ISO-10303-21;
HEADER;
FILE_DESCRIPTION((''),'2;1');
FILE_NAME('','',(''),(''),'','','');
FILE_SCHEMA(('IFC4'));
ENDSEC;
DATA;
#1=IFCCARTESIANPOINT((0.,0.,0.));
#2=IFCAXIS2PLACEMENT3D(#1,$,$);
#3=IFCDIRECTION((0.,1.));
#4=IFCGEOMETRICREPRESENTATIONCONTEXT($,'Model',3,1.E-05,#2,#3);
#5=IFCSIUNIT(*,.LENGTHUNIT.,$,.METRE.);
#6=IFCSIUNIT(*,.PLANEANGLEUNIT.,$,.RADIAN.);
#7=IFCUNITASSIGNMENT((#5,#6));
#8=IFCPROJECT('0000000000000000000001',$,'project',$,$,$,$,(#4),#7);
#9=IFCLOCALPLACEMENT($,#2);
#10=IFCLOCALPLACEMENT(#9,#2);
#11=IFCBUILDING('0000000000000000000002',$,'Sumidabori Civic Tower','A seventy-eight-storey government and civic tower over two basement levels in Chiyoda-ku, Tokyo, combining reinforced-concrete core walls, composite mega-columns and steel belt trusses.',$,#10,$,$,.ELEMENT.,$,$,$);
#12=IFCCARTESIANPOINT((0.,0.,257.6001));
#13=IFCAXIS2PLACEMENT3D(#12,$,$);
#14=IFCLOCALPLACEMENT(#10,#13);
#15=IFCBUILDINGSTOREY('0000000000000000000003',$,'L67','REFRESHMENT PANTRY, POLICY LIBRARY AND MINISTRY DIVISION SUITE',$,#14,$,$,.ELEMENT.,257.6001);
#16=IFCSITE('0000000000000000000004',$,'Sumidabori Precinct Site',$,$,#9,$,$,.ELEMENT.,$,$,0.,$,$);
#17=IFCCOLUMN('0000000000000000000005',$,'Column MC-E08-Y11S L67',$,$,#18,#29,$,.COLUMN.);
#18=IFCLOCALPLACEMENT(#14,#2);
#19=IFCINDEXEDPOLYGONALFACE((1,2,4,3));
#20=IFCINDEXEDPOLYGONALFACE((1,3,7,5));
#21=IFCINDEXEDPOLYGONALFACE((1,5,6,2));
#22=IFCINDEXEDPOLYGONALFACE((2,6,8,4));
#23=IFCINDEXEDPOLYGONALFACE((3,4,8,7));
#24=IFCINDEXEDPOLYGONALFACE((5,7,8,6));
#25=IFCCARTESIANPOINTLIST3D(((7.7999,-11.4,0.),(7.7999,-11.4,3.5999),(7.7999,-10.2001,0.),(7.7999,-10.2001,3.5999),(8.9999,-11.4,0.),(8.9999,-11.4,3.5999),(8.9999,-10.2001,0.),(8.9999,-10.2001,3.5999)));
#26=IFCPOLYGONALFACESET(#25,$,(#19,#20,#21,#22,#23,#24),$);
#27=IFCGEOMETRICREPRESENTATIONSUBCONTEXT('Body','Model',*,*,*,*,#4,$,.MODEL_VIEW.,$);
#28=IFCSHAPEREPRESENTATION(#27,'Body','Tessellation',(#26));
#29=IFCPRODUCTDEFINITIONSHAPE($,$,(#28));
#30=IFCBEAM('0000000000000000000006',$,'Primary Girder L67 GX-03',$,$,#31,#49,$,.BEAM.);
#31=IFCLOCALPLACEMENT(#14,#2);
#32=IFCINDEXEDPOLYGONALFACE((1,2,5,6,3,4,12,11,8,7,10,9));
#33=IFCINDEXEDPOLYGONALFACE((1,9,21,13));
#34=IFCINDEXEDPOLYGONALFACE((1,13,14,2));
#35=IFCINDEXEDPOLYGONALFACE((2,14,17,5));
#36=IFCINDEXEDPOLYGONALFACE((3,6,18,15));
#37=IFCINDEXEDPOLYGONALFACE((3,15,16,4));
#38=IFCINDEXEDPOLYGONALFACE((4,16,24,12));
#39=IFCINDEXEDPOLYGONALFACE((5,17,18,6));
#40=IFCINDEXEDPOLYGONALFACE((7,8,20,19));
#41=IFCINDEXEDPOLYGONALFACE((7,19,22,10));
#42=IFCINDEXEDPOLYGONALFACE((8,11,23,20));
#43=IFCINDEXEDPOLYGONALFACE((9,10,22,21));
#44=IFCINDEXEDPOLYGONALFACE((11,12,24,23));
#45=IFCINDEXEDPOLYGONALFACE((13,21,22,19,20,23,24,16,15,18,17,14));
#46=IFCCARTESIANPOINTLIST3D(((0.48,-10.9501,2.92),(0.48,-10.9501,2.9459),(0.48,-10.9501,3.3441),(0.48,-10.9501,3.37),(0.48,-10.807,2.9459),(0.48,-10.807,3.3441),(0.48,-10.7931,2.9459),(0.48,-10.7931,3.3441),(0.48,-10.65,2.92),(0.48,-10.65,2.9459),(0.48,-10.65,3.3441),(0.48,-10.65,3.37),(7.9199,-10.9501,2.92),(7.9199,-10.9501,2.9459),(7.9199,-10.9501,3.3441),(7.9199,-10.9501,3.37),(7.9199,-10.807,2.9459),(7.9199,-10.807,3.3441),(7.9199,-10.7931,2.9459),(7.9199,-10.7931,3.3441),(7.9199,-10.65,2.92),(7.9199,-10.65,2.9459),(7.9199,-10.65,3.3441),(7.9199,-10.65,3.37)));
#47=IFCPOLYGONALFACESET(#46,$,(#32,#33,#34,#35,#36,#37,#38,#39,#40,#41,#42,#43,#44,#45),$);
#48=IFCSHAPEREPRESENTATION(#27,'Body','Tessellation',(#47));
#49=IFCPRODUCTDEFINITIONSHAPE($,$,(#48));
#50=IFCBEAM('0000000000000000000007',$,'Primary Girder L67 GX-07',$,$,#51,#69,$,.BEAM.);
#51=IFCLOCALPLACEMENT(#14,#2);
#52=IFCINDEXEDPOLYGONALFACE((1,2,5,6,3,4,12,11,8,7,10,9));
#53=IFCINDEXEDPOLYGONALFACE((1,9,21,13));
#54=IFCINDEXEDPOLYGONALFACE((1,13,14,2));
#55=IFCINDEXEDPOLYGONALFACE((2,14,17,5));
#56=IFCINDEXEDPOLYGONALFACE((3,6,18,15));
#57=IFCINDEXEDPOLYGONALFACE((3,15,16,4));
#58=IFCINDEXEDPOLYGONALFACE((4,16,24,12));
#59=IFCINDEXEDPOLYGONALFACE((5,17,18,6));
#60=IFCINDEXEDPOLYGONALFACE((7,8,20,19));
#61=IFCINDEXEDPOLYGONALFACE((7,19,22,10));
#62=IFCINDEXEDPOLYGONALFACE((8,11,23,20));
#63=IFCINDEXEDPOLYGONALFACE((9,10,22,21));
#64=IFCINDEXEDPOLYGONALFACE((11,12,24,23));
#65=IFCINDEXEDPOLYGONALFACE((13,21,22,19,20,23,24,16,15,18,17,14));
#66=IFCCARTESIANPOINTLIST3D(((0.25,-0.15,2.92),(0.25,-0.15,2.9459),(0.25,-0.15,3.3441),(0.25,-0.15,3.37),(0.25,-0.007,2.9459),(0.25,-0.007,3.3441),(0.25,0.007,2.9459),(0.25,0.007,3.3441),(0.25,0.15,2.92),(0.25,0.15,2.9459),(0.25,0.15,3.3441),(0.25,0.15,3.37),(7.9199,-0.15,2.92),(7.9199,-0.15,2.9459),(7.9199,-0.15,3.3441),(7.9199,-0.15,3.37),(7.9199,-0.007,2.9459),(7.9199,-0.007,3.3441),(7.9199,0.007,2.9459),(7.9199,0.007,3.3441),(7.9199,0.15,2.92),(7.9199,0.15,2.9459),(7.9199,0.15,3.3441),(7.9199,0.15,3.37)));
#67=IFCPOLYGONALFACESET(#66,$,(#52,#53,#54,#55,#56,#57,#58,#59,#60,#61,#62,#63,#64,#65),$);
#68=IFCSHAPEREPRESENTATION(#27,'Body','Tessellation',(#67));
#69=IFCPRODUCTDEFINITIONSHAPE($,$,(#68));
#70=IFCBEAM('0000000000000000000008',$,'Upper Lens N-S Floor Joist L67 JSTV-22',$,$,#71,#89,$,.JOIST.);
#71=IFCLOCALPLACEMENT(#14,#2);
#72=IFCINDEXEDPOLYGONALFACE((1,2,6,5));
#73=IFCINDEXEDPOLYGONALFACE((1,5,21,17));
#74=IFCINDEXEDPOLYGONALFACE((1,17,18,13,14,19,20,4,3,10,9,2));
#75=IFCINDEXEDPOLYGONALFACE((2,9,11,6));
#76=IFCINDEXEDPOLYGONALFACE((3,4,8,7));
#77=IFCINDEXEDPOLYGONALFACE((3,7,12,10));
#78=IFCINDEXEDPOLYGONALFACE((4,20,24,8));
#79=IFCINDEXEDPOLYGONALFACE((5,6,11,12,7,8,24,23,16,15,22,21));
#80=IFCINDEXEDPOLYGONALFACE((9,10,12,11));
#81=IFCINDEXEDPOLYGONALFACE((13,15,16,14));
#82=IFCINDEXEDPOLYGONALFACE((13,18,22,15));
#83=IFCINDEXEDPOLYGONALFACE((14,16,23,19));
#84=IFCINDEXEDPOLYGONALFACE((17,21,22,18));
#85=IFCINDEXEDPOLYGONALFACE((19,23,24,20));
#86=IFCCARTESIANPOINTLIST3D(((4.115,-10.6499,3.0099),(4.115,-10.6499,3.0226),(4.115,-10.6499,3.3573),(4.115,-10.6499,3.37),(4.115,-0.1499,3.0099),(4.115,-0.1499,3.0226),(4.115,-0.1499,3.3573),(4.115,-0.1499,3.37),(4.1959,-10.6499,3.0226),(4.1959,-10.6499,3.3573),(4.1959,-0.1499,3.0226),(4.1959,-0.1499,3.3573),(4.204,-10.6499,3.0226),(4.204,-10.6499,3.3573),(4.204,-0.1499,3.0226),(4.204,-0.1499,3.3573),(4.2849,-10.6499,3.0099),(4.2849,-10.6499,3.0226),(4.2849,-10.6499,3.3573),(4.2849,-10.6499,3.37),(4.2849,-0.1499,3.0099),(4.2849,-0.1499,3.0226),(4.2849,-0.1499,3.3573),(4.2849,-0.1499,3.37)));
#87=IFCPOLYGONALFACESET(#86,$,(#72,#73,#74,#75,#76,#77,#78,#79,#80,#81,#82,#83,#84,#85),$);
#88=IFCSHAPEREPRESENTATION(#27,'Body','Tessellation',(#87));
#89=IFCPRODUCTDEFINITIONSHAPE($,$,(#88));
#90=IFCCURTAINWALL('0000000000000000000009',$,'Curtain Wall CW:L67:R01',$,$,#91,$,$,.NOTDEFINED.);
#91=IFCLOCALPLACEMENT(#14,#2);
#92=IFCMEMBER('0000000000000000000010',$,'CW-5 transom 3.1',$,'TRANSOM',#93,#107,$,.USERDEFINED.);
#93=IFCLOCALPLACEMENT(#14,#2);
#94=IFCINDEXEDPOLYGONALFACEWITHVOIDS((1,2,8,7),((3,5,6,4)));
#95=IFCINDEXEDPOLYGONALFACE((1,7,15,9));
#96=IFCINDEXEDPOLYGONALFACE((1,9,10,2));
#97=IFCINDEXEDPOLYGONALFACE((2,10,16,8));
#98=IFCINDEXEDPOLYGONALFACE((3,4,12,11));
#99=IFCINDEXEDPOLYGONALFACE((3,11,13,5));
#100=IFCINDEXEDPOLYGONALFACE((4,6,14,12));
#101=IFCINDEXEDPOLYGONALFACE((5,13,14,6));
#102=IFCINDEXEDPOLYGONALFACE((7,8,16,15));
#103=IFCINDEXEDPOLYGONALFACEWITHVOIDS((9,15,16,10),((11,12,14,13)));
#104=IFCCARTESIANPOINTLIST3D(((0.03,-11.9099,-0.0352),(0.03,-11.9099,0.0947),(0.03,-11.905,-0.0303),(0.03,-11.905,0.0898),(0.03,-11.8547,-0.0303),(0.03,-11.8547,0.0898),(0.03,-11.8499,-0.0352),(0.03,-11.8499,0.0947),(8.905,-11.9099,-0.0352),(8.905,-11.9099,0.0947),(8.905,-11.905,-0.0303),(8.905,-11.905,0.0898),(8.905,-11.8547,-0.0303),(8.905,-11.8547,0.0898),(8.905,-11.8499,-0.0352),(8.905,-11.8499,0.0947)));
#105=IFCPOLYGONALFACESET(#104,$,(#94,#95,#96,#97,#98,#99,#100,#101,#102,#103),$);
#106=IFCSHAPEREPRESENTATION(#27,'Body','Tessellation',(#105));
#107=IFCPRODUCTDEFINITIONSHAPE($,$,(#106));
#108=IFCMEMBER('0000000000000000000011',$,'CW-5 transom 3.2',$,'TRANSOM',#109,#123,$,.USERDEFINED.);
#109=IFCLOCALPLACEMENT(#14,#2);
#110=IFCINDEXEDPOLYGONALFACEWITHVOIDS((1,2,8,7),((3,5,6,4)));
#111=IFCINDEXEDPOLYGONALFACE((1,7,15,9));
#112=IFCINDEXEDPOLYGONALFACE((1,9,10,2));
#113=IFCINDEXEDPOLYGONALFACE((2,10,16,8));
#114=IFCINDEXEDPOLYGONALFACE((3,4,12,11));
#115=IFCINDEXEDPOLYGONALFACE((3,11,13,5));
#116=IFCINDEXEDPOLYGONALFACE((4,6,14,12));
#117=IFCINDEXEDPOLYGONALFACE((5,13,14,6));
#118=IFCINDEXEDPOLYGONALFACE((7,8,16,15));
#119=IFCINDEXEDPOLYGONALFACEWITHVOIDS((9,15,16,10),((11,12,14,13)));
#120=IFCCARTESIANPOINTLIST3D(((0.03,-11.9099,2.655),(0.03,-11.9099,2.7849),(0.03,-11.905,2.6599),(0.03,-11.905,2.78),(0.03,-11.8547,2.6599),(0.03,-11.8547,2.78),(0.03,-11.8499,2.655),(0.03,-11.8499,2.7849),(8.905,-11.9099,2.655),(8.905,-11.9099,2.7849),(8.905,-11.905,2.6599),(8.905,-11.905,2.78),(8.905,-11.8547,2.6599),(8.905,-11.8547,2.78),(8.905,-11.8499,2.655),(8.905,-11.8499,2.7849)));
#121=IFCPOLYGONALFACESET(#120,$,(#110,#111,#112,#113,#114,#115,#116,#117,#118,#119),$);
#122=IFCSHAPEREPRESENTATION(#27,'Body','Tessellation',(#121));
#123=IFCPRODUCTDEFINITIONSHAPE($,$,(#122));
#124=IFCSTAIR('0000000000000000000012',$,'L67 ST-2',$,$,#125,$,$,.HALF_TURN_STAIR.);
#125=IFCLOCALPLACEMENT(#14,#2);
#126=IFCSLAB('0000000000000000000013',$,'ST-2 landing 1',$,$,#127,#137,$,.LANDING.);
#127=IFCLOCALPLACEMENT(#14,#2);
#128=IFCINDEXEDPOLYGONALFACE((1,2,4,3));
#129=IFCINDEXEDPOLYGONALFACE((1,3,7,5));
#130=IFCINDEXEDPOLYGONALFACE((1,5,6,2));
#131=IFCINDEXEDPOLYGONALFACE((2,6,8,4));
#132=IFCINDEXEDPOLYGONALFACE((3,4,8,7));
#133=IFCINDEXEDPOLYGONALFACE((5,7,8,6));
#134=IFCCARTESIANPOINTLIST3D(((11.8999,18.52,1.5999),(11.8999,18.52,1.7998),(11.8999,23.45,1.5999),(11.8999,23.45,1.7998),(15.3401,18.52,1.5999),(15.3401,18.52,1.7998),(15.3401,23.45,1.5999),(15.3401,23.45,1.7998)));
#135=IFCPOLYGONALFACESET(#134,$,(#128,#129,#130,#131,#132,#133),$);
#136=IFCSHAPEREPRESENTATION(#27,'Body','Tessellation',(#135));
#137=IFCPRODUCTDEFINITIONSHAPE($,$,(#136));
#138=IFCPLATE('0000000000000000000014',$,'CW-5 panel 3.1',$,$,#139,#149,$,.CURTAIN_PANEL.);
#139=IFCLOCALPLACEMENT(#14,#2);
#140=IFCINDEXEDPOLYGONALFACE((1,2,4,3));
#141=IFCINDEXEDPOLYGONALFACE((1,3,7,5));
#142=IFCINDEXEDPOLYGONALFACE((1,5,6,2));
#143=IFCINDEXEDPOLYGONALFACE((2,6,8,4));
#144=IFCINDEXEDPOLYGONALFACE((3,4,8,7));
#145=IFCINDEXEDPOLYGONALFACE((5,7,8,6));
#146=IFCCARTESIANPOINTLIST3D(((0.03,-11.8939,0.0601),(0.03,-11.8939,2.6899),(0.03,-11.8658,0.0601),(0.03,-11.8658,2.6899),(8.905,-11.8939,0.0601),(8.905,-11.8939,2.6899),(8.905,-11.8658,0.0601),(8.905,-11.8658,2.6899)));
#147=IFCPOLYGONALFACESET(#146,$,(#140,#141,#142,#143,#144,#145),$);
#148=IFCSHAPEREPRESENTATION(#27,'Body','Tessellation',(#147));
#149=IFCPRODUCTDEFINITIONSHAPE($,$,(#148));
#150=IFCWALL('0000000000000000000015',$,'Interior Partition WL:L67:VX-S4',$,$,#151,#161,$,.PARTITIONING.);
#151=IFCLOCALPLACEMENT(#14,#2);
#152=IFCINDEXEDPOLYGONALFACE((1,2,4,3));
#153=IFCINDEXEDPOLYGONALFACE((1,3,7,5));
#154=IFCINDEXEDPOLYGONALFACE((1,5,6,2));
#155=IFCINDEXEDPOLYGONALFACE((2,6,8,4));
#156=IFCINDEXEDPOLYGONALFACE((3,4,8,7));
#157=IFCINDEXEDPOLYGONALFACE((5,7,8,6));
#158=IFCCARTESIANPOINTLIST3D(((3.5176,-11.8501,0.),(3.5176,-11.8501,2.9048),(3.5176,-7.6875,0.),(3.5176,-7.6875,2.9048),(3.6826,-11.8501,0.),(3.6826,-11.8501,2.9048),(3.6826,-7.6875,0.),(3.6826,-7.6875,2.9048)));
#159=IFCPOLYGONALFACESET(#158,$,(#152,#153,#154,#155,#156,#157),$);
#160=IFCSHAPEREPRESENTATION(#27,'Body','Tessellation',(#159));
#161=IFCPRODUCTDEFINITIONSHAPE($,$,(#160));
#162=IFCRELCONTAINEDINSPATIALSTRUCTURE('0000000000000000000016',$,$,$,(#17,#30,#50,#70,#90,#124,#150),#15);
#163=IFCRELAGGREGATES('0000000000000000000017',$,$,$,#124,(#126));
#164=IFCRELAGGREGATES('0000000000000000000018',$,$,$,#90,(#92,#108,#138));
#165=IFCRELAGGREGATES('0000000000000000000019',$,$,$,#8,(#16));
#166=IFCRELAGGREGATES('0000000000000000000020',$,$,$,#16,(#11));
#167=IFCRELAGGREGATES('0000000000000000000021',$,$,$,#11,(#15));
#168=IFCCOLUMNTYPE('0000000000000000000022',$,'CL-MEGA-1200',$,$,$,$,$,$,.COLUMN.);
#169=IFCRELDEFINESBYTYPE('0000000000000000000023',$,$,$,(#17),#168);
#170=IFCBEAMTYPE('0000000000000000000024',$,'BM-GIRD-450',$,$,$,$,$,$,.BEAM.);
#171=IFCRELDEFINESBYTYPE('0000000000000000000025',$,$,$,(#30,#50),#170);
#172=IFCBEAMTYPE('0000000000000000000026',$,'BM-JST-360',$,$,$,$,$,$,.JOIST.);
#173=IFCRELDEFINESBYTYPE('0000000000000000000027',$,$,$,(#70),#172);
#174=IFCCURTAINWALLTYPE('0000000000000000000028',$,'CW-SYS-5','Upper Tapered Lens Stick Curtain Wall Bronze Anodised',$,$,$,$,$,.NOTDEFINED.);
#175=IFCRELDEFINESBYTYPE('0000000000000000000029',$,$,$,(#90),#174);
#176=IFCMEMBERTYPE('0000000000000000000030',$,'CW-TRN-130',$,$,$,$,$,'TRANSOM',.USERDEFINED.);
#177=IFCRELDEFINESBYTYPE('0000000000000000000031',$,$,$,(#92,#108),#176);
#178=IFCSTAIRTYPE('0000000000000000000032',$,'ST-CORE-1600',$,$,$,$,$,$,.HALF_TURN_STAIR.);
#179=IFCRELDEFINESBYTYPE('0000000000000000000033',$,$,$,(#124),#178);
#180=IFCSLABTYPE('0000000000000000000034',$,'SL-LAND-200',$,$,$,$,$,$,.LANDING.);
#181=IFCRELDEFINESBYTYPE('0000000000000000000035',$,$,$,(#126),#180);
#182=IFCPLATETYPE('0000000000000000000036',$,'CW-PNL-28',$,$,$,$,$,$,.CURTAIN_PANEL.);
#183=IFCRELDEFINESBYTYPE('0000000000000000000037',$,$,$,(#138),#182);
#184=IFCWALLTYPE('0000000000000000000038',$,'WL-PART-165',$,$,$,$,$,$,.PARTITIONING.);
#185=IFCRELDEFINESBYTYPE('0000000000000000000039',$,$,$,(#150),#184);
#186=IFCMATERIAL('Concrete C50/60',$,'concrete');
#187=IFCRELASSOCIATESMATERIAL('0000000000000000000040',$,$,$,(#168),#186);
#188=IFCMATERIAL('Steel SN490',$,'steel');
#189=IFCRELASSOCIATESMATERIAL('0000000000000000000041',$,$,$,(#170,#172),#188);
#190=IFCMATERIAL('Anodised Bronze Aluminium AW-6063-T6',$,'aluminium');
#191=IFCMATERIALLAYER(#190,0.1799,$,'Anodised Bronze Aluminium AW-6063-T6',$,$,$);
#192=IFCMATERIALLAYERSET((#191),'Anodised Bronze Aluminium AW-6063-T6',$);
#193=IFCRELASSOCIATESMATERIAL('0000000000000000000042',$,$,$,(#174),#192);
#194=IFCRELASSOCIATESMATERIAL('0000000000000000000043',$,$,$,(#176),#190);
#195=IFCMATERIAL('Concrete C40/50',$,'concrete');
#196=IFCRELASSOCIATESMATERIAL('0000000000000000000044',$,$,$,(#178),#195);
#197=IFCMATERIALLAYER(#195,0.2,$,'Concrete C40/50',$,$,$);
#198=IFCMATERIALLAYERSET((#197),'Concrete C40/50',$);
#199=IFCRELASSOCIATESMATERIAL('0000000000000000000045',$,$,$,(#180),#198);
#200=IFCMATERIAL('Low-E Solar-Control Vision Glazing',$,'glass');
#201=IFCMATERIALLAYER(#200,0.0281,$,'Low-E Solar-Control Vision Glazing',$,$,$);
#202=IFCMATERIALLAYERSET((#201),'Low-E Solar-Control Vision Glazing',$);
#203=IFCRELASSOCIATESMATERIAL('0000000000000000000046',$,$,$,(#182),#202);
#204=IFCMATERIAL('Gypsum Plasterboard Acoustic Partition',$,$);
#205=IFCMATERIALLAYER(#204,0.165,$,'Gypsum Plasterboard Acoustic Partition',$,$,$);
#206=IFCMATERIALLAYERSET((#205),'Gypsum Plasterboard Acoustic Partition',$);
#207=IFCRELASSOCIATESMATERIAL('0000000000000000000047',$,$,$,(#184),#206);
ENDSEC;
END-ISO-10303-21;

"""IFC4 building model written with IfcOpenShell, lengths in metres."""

from ifc_helpers import new_model, si_unit, direction, frame, frame_2d, origin, origin_2d, place, context, subcontext, project, spatial, polyline, rectangle, hollow_rectangle, i_section, outline, extrude, source, transform, mapped, material, layer, layer_set, material_profile, profile_set, type_object, element, aggregate, save


model = new_model("IFC4")

# Units and contexts
model_context = context("Model", 3, precision=1e-05, world=origin(), true_north=direction((0.0, 1.0)))
body_context = subcontext(model_context, "Body", "Model", "MODEL_VIEW")
ifc_project = project(units=[si_unit("LENGTHUNIT", "METRE"), si_unit("PLANEANGLEUNIT", "RADIAN")], contexts=[model_context])

# Site, building, storey
site_placement = place(None, origin())
site = spatial("IfcSite", under=ifc_project, at=site_placement, Name="Sumidabori Precinct Site", CompositionType="ELEMENT", RefElevation=0.0)
building_placement = place(site_placement, origin())
building = spatial("IfcBuilding", under=site, at=building_placement, Name="Sumidabori Civic Tower", Description="A seventy-eight-storey government and civic tower over two basement levels in Chiyoda-ku, Tokyo, combining reinforced-concrete core walls, composite mega-columns and steel belt trusses.", CompositionType="ELEMENT")
storey_placement = place(building_placement, frame((0.0, 0.0, 257.6001)))
storey = spatial("IfcBuildingStorey", under=building, at=storey_placement, Name="L67", Description="REFRESHMENT PANTRY, POLICY LIBRARY AND MINISTRY DIVISION SUITE", CompositionType="ELEMENT", Elevation=257.6001)

# Column
ifc_material_1 = material(Name="Concrete C50/60", Category="concrete")
ifc_material_profile_1 = material_profile(ifc_material_1, rectangle(XDim=1.2, YDim=1.2, at=origin_2d()), Name="RC 1200x1200")
ifc_profile_set_1 = profile_set([ifc_material_profile_1], Name="Concrete C50/60")
column_type = type_object("IfcColumnType", Name="CL-MEGA-1200", PredefinedType="COLUMN", material=ifc_profile_set_1)
shared_shape_1 = source(origin(), body_context, "Body", "SweptSolid", [
    extrude(rectangle(XDim=1.2, YDim=1.2, at=origin_2d()), origin(), (0.0, 0.0, 1.0), 3.5999),
])
column_placement = place(storey_placement, frame((8.3999, -10.8, 0.0), z_axis=(0.0, 0.0, 1.0), x_axis=(1.0, 0.0, 0.0)))
element("IfcColumn", 1, at=column_placement, inside=storey, type_object=column_type, Name="Column MC-E08-Y11S L67", PredefinedType="COLUMN", context=body_context, shape_type="MappedRepresentation", body=[
    mapped(shared_shape_1, transform((0.0, 0.0, 0.0), x_axis=(1.0, 0.0, 0.0), y_axis=(0.0, 1.0, 0.0), z_axis=(0.0, 0.0, 1.0), scale=1.0)),
])

# Beams
ifc_material_2 = material(Name="Steel SN490", Category="steel")
ifc_material_profile_2 = material_profile(ifc_material_2, i_section(OverallWidth=0.3, OverallDepth=0.45, WebThickness=0.0139, FlangeThickness=0.0259, at=origin_2d()), Name="HE 450 B")
ifc_profile_set_2 = profile_set([ifc_material_profile_2], Name="Steel SN490")
beam_type_1 = type_object("IfcBeamType", Name="BM-GIRD-450", PredefinedType="BEAM", material=ifc_profile_set_2)
shared_shape_2 = source(origin(), body_context, "Body", "SweptSolid", [
    extrude(i_section(OverallWidth=0.3, OverallDepth=0.45, WebThickness=0.0139, FlangeThickness=0.0259, at=origin_2d()), origin(), (0.0, 0.0, 1.0), 7.4399),
])
beam_1_placement = place(storey_placement, frame((0.48, -10.8, 3.145), z_axis=(1.0, 0.0, 0.0), x_axis=(0.0, 1.0, 0.0)))
element("IfcBeam", 2, at=beam_1_placement, inside=storey, type_object=beam_type_1, Name="Primary Girder L67 GX-03", PredefinedType="BEAM", context=body_context, shape_type="MappedRepresentation", body=[
    mapped(shared_shape_2, transform((0.0, 0.0, 0.0), x_axis=(1.0, 0.0, 0.0), y_axis=(0.0, 1.0, 0.0), z_axis=(0.0, 0.0, 1.0), scale=1.0)),
])
shared_shape_3 = source(origin(), body_context, "Body", "SweptSolid", [
    extrude(i_section(OverallWidth=0.3, OverallDepth=0.45, WebThickness=0.0139, FlangeThickness=0.0259, at=origin_2d()), origin(), (0.0, 0.0, 1.0), 7.6699),
])
beam_2_placement = place(storey_placement, frame((0.25, 0.0, 3.145), z_axis=(1.0, 0.0, 0.0), x_axis=(0.0, 1.0, 0.0)))
element("IfcBeam", 3, at=beam_2_placement, inside=storey, type_object=beam_type_1, Name="Primary Girder L67 GX-07", PredefinedType="BEAM", context=body_context, shape_type="MappedRepresentation", body=[
    mapped(shared_shape_3, transform((0.0, 0.0, 0.0), x_axis=(1.0, 0.0, 0.0), y_axis=(0.0, 1.0, 0.0), z_axis=(0.0, 0.0, 1.0), scale=1.0)),
])
ifc_material_profile_3 = material_profile(ifc_material_2, i_section(OverallWidth=0.1699, OverallDepth=0.3601, WebThickness=0.0081, FlangeThickness=0.0127, at=origin_2d()), Name="IPE 360")
ifc_profile_set_3 = profile_set([ifc_material_profile_3], Name="Steel SN490")
beam_type_2 = type_object("IfcBeamType", Name="BM-JST-360", PredefinedType="JOIST", material=ifc_profile_set_3)
shared_shape_4 = source(origin(), body_context, "Body", "SweptSolid", [
    extrude(i_section(OverallWidth=0.1699, OverallDepth=0.3601, WebThickness=0.0081, FlangeThickness=0.0127, at=origin_2d()), origin(), (0.0, 0.0, 1.0), 10.5),
])
beam_3_placement = place(storey_placement, frame((4.2, -10.6499, 3.1899), z_axis=(0.0, 1.0, 0.0), x_axis=(-1.0, 0.0, 0.0)))
element("IfcBeam", 4, at=beam_3_placement, inside=storey, type_object=beam_type_2, Name="Upper Lens N-S Floor Joist L67 JSTV-22", PredefinedType="JOIST", context=body_context, shape_type="MappedRepresentation", body=[
    mapped(shared_shape_4, transform((0.0, 0.0, 0.0), x_axis=(1.0, 0.0, 0.0), y_axis=(0.0, 1.0, 0.0), z_axis=(0.0, 0.0, 1.0), scale=1.0)),
])

# Curtain wall, members
ifc_material_3 = material(Name="Anodised Bronze Aluminium AW-6063-T6", Category="aluminium")
ifc_layer_1 = layer(ifc_material_3, 0.1799, Name="Anodised Bronze Aluminium AW-6063-T6")
ifc_layer_set_1 = layer_set([ifc_layer_1], Name="Anodised Bronze Aluminium AW-6063-T6")
curtain_wall_type = type_object("IfcCurtainWallType", Name="CW-SYS-5", Description="Upper Tapered Lens Stick Curtain Wall Bronze Anodised", PredefinedType="NOTDEFINED", material=ifc_layer_set_1)
curtain_wall_placement = place(storey_placement, origin())
curtain_wall = element("IfcCurtainWall", 5, at=curtain_wall_placement, inside=storey, type_object=curtain_wall_type, Name="Curtain Wall CW:L67:R01", PredefinedType="NOTDEFINED")
ifc_material_profile_4 = material_profile(ifc_material_3, hollow_rectangle(XDim=0.0601, YDim=0.1299, WallThickness=0.0049, at=origin_2d()), Name="ALU TRANSOM 130x60")
ifc_profile_set_4 = profile_set([ifc_material_profile_4], Name="Anodised Bronze Aluminium AW-6063-T6")
member_type = type_object("IfcMemberType", Name="CW-TRN-130", ElementType="TRANSOM", PredefinedType="USERDEFINED", material=ifc_profile_set_4)
shared_shape_5 = source(origin(), body_context, "Body", "SweptSolid", [
    extrude(hollow_rectangle(XDim=0.0601, YDim=0.1299, WallThickness=0.0049, at=origin_2d()), origin(), (0.0, 0.0, 1.0), 8.875),
])
member_1_placement = place(storey_placement, frame((0.03, -11.8799, 0.0298), z_axis=(1.0, 0.0, 0.0), x_axis=(0.0, 1.0, 0.0)))
member_1 = element("IfcMember", 6, at=member_1_placement, type_object=member_type, Name="CW-5 transom 3.1", ObjectType="TRANSOM", PredefinedType="USERDEFINED", context=body_context, shape_type="MappedRepresentation", body=[
    mapped(shared_shape_5, transform((0.0, 0.0, 0.0), x_axis=(1.0, 0.0, 0.0), y_axis=(0.0, 1.0, 0.0), z_axis=(0.0, 0.0, 1.0), scale=1.0)),
])
member_2_placement = place(storey_placement, frame((0.03, -11.8799, 2.72), z_axis=(1.0, 0.0, 0.0), x_axis=(0.0, 1.0, 0.0)))
member_2 = element("IfcMember", 7, at=member_2_placement, type_object=member_type, Name="CW-5 transom 3.2", ObjectType="TRANSOM", PredefinedType="USERDEFINED", context=body_context, shape_type="MappedRepresentation", body=[
    mapped(shared_shape_5, transform((0.0, 0.0, 0.0), x_axis=(1.0, 0.0, 0.0), y_axis=(0.0, 1.0, 0.0), z_axis=(0.0, 0.0, 1.0), scale=1.0)),
])

# Stair, slab
ifc_material_4 = material(Name="Concrete C40/50", Category="concrete")
stair_type = type_object("IfcStairType", Name="ST-CORE-1600", PredefinedType="HALF_TURN_STAIR", material=ifc_material_4)
stair_placement = place(storey_placement, origin())
stair = element("IfcStair", 8, at=stair_placement, inside=storey, type_object=stair_type, Name="L67 ST-2", PredefinedType="HALF_TURN_STAIR")
ifc_layer_2 = layer(ifc_material_4, 0.2, Name="Concrete C40/50")
ifc_layer_set_2 = layer_set([ifc_layer_2], Name="Concrete C40/50")
slab_type = type_object("IfcSlabType", Name="SL-LAND-200", PredefinedType="LANDING", material=ifc_layer_set_2)
slab_placement = place(storey_placement, frame((0.0, 0.0, 1.5999)))
slab = element("IfcSlab", 9, at=slab_placement, type_object=slab_type, Name="ST-2 landing 1", PredefinedType="LANDING", context=body_context, shape_type="SweptSolid", body=[
    extrude(outline(polyline([(15.3401, 18.52), (15.3401, 23.45), (11.8999, 23.45), (11.8999, 18.52), (15.3401, 18.52)])), origin(), (0.0, 0.0, 1.0), 0.2),
])
aggregate(stair, [slab])

# Plate
ifc_material_5 = material(Name="Low-E Solar-Control Vision Glazing", Category="glass")
ifc_layer_3 = layer(ifc_material_5, 0.0281, Name="Low-E Solar-Control Vision Glazing")
ifc_layer_set_3 = layer_set([ifc_layer_3], Name="Low-E Solar-Control Vision Glazing")
plate_type = type_object("IfcPlateType", Name="CW-PNL-28", PredefinedType="CURTAIN_PANEL", material=ifc_layer_set_3)
shared_shape_6 = source(origin(), body_context, "Body", "SweptSolid", [
    extrude(rectangle(XDim=8.875, YDim=0.0281, at=origin_2d()), origin(), (0.0, 0.0, 1.0), 2.6299),
])
plate_placement = place(storey_placement, frame((4.4675, -11.8799, 0.0601), z_axis=(0.0, 0.0, 1.0), x_axis=(1.0, 0.0, 0.0)))
plate = element("IfcPlate", 10, at=plate_placement, type_object=plate_type, Name="CW-5 panel 3.1", PredefinedType="CURTAIN_PANEL", context=body_context, shape_type="MappedRepresentation", body=[
    mapped(shared_shape_6, transform((0.0, 0.0, 0.0), x_axis=(1.0, 0.0, 0.0), y_axis=(0.0, 1.0, 0.0), z_axis=(0.0, 0.0, 1.0), scale=1.0)),
])
aggregate(curtain_wall, [member_1, member_2, plate])

# Wall
ifc_material_6 = material(Name="Gypsum Plasterboard Acoustic Partition")
ifc_layer_4 = layer(ifc_material_6, 0.165, Name="Gypsum Plasterboard Acoustic Partition")
ifc_layer_set_4 = layer_set([ifc_layer_4], Name="Gypsum Plasterboard Acoustic Partition")
wall_type = type_object("IfcWallType", Name="WL-PART-165", PredefinedType="PARTITIONING", material=ifc_layer_set_4)
shared_shape_7 = source(origin(), body_context, "Body", "SweptSolid", [
    extrude(rectangle(XDim=4.1626, YDim=0.165, at=frame_2d((2.0813, 0.0))), origin(), (0.0, 0.0, 1.0), 2.9048),
])
wall_placement = place(storey_placement, frame((3.6001, -11.8501, 0.0), z_axis=(0.0, 0.0, 1.0), x_axis=(0.0, 1.0, 0.0)))
element("IfcWall", 11, at=wall_placement, inside=storey, type_object=wall_type, Name="Interior Partition WL:L67:VX-S4", PredefinedType="PARTITIONING", context=body_context, shape_type="MappedRepresentation", body=[
    mapped(shared_shape_7, transform((0.0, 0.0, 0.0), x_axis=(1.0, 0.0, 0.0), y_axis=(0.0, 1.0, 0.0), z_axis=(0.0, 0.0, 1.0), scale=1.0)),
])

save(model, "model.ifc")
